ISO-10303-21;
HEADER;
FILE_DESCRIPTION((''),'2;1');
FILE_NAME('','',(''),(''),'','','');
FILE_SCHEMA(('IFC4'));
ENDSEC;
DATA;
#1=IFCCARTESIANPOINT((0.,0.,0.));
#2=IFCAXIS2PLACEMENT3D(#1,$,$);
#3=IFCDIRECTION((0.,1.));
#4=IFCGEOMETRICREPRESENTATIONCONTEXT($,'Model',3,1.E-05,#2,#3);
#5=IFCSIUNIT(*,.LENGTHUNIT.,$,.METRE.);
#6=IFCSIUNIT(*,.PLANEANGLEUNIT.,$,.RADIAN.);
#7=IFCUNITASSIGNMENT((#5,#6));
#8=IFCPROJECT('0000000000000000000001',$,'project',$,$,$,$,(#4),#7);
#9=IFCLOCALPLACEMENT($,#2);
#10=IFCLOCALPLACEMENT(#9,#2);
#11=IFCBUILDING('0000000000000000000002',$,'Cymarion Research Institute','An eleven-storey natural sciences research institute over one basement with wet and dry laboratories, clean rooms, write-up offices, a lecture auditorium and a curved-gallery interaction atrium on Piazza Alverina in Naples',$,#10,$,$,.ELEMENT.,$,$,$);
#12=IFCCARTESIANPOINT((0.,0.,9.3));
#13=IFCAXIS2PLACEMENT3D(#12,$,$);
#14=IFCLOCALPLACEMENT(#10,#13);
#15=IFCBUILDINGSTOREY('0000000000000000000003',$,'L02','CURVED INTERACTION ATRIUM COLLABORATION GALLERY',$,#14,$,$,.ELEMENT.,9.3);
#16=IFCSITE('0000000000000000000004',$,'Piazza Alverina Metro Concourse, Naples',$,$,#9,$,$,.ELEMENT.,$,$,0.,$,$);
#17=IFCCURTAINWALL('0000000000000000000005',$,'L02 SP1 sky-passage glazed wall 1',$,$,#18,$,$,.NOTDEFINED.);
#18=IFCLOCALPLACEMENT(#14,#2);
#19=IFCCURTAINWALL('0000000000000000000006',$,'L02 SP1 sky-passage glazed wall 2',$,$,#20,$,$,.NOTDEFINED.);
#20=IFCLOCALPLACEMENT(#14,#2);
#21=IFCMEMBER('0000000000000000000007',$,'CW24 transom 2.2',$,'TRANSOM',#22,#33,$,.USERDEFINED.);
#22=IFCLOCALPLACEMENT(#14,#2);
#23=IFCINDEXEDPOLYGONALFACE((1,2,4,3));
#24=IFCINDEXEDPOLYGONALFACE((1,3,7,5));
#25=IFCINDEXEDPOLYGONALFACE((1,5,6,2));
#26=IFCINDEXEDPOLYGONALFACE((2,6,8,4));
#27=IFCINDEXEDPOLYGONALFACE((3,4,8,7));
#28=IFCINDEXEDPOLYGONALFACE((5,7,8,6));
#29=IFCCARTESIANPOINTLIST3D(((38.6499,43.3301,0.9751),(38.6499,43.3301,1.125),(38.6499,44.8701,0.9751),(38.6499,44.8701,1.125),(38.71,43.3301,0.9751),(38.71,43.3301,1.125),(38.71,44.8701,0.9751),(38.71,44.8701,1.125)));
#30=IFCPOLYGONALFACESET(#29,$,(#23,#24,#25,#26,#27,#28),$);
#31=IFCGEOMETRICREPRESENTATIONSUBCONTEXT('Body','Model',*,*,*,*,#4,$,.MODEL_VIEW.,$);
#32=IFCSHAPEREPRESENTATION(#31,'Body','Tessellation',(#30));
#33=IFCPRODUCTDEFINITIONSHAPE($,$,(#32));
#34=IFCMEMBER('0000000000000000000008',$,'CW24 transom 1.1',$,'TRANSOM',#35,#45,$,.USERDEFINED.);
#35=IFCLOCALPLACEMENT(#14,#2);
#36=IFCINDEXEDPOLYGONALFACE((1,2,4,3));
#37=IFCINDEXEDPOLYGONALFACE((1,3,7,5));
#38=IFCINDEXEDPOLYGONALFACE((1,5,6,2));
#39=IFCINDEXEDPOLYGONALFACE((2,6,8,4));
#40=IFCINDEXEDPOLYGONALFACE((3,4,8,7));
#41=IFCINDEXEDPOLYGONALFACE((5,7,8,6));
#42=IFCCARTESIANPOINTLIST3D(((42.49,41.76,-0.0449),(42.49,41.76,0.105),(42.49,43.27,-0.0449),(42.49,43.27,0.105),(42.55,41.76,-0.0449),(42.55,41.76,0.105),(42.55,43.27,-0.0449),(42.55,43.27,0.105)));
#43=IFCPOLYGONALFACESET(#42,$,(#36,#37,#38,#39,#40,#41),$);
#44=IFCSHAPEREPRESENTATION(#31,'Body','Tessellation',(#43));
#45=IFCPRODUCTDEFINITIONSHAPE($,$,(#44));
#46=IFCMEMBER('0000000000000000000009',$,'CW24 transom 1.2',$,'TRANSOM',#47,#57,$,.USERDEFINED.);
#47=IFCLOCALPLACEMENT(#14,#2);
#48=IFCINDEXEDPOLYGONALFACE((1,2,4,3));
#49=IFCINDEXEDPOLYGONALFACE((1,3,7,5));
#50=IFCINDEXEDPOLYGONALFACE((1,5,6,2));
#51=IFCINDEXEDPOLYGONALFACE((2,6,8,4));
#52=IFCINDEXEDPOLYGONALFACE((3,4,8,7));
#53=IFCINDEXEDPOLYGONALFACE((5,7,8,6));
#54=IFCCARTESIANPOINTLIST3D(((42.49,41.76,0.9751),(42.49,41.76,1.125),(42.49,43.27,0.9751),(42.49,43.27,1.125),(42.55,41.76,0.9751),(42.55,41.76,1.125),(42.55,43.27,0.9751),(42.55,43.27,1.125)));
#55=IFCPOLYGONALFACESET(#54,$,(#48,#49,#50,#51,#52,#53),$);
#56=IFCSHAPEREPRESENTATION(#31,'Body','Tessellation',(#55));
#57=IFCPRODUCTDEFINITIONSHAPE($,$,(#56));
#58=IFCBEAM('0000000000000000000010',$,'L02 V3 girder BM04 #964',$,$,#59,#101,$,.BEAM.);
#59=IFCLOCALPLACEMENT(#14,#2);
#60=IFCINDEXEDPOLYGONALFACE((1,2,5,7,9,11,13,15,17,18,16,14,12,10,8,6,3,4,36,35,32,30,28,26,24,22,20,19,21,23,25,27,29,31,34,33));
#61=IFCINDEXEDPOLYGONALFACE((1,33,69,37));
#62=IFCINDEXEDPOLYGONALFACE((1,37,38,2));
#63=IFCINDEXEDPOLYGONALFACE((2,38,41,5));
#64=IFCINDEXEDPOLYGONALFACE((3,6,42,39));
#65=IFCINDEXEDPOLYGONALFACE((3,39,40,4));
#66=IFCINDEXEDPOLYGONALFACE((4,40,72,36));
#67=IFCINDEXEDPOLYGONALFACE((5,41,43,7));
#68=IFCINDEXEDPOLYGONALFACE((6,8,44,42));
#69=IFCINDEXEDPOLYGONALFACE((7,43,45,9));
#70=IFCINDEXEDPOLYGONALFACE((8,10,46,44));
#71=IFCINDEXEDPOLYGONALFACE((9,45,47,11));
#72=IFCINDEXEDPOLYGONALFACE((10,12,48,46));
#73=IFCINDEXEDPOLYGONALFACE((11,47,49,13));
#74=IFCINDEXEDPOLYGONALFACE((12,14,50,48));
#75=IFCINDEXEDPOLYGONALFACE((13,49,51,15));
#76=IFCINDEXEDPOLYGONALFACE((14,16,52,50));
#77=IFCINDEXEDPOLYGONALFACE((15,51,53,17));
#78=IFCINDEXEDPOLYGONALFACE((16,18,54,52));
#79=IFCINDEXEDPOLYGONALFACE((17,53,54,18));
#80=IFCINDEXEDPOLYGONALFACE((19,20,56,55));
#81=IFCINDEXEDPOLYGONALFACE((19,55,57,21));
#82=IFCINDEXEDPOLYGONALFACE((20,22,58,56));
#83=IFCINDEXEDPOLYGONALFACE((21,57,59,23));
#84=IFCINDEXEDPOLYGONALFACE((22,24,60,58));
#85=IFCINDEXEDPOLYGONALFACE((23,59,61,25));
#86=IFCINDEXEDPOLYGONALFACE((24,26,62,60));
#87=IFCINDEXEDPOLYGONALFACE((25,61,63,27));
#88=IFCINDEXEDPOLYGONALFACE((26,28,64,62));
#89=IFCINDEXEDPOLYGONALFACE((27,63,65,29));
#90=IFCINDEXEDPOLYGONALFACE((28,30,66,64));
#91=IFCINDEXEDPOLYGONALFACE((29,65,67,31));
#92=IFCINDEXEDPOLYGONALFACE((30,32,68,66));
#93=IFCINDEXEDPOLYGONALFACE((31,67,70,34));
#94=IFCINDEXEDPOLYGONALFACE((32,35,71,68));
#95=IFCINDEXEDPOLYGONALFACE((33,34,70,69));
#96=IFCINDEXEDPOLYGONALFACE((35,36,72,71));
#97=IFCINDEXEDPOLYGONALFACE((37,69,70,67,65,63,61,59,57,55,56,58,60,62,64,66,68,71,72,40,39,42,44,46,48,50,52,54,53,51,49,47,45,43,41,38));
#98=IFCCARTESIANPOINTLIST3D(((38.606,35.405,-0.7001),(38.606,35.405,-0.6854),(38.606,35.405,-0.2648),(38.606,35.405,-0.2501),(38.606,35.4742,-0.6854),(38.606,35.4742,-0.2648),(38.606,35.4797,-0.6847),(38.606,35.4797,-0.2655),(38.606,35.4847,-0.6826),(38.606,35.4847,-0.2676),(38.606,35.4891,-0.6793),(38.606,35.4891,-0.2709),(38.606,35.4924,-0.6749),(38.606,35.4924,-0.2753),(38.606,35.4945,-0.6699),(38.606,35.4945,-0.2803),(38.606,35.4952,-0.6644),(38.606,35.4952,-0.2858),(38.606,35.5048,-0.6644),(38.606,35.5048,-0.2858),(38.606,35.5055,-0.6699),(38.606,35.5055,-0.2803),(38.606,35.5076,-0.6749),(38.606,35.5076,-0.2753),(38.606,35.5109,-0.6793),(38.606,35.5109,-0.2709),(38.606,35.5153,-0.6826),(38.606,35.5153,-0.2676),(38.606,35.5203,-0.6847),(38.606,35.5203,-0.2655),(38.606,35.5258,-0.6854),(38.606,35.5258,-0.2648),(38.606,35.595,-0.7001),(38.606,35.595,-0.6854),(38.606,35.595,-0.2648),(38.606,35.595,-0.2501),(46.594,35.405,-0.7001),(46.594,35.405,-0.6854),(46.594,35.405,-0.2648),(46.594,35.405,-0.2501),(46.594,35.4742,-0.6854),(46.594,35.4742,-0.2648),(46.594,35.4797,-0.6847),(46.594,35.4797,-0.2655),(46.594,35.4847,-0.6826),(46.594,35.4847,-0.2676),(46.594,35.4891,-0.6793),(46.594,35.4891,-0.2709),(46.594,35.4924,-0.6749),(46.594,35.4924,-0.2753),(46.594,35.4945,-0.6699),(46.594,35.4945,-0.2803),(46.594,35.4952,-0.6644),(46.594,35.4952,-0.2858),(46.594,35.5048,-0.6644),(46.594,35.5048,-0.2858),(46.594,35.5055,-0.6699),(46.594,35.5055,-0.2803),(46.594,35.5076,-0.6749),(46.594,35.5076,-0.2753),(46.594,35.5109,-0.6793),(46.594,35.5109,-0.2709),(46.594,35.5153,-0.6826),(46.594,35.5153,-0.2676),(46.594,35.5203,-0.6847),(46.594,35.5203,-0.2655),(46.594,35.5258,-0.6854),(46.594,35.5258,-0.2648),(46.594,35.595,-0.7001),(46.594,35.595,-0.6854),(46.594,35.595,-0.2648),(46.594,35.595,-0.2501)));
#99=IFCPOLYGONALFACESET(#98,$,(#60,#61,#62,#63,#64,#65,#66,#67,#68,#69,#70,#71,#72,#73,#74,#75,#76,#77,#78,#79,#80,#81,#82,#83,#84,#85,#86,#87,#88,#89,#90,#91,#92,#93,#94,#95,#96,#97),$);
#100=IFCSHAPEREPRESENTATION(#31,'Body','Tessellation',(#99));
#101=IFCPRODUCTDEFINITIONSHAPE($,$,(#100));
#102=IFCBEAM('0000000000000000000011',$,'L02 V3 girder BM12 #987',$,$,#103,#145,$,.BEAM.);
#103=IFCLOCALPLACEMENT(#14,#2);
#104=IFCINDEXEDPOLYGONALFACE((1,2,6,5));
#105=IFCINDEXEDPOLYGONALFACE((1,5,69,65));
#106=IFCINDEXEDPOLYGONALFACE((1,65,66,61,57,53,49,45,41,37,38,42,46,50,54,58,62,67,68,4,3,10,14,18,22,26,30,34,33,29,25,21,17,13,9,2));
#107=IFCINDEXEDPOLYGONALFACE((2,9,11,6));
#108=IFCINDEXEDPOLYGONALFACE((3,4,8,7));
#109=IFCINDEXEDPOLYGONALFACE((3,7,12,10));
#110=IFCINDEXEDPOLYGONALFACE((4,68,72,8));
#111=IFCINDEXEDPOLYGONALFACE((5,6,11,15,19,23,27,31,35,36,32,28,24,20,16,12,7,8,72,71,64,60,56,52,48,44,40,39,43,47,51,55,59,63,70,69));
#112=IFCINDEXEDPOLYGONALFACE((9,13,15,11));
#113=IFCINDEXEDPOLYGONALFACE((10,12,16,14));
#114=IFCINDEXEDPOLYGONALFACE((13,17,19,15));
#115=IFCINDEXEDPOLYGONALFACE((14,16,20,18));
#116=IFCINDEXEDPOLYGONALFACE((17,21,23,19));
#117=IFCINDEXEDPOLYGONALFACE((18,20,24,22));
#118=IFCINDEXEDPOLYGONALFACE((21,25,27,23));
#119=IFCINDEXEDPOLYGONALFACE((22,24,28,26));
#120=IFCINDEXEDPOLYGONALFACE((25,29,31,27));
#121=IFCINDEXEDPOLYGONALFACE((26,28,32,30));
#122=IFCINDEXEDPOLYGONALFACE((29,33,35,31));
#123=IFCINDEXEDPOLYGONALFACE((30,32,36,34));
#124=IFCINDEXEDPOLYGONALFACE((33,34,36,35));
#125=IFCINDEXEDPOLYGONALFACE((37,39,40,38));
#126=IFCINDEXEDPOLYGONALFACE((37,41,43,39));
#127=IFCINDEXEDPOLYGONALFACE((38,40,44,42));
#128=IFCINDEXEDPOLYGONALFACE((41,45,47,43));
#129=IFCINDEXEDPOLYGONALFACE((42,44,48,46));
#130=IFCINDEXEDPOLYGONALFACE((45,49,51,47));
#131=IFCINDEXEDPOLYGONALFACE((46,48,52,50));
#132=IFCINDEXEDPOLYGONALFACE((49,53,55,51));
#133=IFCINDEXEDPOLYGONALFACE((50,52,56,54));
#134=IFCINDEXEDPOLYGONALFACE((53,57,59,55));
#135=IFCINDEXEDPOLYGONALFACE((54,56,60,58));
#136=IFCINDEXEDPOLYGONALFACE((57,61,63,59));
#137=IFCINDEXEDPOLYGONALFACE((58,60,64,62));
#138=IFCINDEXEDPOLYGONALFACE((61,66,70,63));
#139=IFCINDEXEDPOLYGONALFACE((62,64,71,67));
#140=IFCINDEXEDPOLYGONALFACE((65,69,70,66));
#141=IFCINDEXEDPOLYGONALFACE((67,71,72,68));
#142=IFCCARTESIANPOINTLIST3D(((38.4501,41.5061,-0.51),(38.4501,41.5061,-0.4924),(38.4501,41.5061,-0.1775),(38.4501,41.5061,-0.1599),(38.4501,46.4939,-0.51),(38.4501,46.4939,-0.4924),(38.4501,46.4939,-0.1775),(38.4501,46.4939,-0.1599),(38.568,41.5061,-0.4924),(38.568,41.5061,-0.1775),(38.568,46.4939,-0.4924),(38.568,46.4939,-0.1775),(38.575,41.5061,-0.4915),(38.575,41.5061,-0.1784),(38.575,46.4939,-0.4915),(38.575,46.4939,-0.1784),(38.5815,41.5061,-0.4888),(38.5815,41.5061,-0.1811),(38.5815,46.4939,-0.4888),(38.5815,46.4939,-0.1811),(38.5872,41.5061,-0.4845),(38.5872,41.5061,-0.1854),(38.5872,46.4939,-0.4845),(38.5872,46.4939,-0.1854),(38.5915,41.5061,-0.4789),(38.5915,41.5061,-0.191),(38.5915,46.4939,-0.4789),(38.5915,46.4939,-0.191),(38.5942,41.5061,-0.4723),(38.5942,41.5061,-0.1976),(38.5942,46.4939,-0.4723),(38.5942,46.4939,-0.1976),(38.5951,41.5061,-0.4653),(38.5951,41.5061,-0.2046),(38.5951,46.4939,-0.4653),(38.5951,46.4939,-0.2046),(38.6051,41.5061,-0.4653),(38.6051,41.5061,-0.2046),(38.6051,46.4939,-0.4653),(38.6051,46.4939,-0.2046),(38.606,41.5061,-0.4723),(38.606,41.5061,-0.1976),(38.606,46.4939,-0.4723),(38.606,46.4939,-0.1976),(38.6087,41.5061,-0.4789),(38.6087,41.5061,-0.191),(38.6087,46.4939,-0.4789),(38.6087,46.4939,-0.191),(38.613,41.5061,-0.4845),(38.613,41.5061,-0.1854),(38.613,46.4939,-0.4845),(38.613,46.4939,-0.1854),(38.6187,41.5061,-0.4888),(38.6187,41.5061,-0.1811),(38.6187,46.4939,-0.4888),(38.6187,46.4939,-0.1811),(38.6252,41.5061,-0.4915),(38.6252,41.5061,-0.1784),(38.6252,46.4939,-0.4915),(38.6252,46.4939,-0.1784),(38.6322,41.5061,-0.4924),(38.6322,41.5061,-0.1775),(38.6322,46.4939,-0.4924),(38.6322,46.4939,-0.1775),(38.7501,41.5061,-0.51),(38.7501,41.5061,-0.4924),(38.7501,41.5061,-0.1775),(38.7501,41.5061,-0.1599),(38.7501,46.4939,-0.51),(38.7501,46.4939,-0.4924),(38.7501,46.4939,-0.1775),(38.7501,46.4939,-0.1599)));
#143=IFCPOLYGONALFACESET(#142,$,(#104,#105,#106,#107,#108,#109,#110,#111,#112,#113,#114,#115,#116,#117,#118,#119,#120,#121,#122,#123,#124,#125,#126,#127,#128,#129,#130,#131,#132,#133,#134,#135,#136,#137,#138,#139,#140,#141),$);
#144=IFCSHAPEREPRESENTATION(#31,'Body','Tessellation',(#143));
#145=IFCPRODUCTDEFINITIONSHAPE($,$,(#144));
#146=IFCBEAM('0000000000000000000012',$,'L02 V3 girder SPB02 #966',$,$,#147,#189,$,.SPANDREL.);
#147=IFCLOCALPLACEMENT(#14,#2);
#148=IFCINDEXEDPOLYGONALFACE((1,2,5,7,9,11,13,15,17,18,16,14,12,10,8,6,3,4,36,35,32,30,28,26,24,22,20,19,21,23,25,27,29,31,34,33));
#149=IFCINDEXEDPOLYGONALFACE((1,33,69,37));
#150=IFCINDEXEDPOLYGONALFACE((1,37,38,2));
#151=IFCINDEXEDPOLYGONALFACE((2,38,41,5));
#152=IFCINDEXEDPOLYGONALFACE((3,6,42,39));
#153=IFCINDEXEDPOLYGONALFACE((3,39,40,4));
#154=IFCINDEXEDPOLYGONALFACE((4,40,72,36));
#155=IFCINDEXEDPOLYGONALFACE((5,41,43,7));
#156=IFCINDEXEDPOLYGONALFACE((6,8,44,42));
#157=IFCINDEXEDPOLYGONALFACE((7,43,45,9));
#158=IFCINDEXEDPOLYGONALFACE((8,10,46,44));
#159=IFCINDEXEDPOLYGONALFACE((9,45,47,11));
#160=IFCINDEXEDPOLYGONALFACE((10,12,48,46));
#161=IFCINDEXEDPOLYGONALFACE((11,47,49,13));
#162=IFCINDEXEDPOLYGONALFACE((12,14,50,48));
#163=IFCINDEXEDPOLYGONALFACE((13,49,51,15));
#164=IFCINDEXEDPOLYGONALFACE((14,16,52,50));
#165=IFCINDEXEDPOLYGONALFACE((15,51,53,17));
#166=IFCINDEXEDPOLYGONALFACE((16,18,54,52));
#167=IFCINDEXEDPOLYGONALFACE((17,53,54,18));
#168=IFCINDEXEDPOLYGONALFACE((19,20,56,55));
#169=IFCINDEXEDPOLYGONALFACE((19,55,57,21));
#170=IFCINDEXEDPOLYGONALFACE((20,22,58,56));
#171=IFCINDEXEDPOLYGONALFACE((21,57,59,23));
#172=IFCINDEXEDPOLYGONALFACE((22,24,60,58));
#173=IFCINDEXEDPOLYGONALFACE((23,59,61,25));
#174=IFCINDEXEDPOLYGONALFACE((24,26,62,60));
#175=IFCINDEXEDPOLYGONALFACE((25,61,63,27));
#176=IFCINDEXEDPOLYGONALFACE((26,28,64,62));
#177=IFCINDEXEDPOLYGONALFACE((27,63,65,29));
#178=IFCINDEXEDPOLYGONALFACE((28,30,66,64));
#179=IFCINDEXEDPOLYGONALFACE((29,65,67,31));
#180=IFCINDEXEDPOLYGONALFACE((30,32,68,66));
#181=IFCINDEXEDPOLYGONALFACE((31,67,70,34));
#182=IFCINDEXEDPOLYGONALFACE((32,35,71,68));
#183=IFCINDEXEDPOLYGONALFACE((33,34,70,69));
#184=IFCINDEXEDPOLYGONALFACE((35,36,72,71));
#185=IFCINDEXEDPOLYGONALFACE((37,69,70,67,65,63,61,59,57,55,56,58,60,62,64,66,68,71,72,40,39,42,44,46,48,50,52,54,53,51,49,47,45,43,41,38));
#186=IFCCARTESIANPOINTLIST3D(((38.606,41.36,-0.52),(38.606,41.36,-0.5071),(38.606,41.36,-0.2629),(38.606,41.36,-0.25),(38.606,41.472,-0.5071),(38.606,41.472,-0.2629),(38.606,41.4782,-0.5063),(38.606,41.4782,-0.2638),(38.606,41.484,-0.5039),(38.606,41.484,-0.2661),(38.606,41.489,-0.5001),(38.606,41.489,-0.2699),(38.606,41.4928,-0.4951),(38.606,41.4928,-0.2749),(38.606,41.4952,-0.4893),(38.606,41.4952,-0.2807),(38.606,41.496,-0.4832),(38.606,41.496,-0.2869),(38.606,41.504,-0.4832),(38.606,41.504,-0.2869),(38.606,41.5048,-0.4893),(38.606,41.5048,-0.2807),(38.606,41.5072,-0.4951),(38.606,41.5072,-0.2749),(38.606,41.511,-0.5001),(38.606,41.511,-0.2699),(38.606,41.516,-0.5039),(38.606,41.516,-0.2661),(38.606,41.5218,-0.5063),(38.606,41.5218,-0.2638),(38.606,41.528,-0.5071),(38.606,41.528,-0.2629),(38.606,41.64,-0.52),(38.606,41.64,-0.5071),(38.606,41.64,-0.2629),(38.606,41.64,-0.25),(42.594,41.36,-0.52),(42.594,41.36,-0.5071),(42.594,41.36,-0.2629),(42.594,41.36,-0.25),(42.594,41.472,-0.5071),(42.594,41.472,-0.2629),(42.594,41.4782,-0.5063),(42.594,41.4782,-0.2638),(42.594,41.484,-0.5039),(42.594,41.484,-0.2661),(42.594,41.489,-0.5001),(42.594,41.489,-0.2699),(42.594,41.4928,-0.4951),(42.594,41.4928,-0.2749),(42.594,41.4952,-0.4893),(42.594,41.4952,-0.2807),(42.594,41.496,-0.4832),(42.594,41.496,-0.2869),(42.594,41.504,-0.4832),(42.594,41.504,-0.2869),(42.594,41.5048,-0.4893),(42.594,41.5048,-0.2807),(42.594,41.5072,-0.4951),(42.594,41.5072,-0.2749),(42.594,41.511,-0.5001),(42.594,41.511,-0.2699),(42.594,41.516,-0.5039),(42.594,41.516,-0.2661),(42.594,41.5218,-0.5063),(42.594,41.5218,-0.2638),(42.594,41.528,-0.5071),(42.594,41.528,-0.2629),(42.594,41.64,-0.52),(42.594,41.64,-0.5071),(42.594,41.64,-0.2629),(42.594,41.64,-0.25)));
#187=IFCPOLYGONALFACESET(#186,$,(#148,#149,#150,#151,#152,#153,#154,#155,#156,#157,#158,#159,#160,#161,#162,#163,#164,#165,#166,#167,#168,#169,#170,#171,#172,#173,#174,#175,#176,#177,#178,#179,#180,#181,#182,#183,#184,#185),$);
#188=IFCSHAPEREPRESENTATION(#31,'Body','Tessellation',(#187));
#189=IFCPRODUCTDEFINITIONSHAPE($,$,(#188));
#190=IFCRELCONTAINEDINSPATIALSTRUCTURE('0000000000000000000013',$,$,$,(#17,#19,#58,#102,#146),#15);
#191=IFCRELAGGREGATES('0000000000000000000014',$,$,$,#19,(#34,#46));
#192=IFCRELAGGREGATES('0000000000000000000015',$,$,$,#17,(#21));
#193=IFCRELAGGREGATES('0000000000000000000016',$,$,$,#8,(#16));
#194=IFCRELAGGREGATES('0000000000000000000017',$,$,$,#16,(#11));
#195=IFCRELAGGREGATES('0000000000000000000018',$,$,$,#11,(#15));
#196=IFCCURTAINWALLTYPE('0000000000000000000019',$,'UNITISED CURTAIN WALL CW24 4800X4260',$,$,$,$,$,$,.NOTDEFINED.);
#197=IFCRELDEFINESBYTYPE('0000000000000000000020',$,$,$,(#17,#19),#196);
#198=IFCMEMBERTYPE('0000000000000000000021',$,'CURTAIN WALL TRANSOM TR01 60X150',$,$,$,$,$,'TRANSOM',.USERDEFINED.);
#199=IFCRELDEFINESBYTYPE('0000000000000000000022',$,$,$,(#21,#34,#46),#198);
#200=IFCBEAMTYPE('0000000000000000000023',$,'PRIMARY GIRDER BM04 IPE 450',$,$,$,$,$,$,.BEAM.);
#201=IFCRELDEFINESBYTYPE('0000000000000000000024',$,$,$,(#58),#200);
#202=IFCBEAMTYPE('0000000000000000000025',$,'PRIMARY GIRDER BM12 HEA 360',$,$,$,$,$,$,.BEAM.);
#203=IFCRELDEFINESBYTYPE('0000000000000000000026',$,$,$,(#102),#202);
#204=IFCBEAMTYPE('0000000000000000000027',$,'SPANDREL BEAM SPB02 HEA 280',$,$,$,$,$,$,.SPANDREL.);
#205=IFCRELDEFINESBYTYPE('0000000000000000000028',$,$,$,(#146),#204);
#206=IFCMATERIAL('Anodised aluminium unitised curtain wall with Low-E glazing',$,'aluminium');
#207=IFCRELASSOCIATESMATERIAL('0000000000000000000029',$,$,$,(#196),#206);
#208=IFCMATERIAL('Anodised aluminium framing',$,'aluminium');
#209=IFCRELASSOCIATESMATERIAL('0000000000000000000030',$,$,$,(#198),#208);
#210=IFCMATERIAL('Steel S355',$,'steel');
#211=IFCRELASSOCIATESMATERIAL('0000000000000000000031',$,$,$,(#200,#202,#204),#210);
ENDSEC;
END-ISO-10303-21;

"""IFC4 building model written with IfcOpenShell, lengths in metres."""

from ifc_helpers import new_model, si_unit, direction, frame, origin, origin_2d, place, context, subcontext, project, spatial, rectangle, i_section, extrude, material, material_profile, profile_set, type_object, element, aggregate, save


model = new_model("IFC4")

# Units and contexts
model_context = context("Model", 3, precision=1e-05, world=origin(), true_north=direction((0.0, 1.0)))
body_context = subcontext(model_context, "Body", "Model", "MODEL_VIEW")
ifc_project = project(units=[si_unit("LENGTHUNIT", "METRE"), si_unit("PLANEANGLEUNIT", "RADIAN")], contexts=[model_context])

# Site, building, storey
site_placement = place(None, origin())
site = spatial("IfcSite", under=ifc_project, at=site_placement, Name="Piazza Alverina Metro Concourse, Naples", CompositionType="ELEMENT", RefElevation=0.0)
building_placement = place(site_placement, origin())
building = spatial("IfcBuilding", under=site, at=building_placement, Name="Cymarion Research Institute", Description="An eleven-storey natural sciences research institute over one basement with wet and dry laboratories, clean rooms, write-up offices, a lecture auditorium and a curved-gallery interaction atrium on Piazza Alverina in Naples", CompositionType="ELEMENT")
storey_placement = place(building_placement, frame((0.0, 0.0, 9.3)))
storey = spatial("IfcBuildingStorey", under=building, at=storey_placement, Name="L02", Description="CURVED INTERACTION ATRIUM COLLABORATION GALLERY", CompositionType="ELEMENT", Elevation=9.3)

# Shared definitions
ifc_material_1 = material(Name="Steel S355", Category="steel")

# Curtain wall
ifc_material_2 = material(Name="Anodised aluminium unitised curtain wall with Low-E glazing", Category="aluminium")
curtain_wall_type = type_object("IfcCurtainWallType", Name="UNITISED CURTAIN WALL CW24 4800X4260", PredefinedType="NOTDEFINED", material=ifc_material_2)
curtain_wall_1_placement = place(storey_placement, origin())
curtain_wall_1 = element("IfcCurtainWall", 1, at=curtain_wall_1_placement, inside=storey, type_object=curtain_wall_type, Name="L02 SP1 sky-passage glazed wall 1", PredefinedType="NOTDEFINED")
ifc_material_3 = material(Name="Anodised aluminium framing", Category="aluminium")

# Curtain wall
curtain_wall_2_placement = place(storey_placement, origin())
curtain_wall_2 = element("IfcCurtainWall", 2, at=curtain_wall_2_placement, inside=storey, type_object=curtain_wall_type, Name="L02 SP1 sky-passage glazed wall 2", PredefinedType="NOTDEFINED")

# Members
ifc_material_profile_1 = material_profile(ifc_material_3, rectangle(XDim=0.0601, YDim=0.1499, at=origin_2d()), Name="ALU TRANSOM 60x150")
ifc_profile_set_1 = profile_set([ifc_material_profile_1], Name="Anodised aluminium framing")
member_type_1 = type_object("IfcMemberType", Name="CURTAIN WALL TRANSOM TR01 60X150", ElementType="TRANSOM", PredefinedType="USERDEFINED", material=ifc_profile_set_1)
member_1_placement = place(storey_placement, frame((38.6799, 43.3301, 1.05), z_axis=(0.0, 1.0, 0.0), x_axis=(-1.0, 0.0, 0.0)))
member_1 = element("IfcMember", 3, at=member_1_placement, type_object=member_type_1, Name="CW24 transom 2.2", ObjectType="TRANSOM", PredefinedType="USERDEFINED", context=body_context, shape_type="SweptSolid", body=[
    extrude(rectangle(XDim=0.0601, YDim=0.1499, at=origin_2d()), origin(), (0.0, 0.0, 1.0), 1.54),
])
member_2_placement = place(storey_placement, frame((42.52, 41.76, 0.03), z_axis=(0.0, 1.0, 0.0), x_axis=(-1.0, 0.0, 0.0)))
member_2 = element("IfcMember", 4, at=member_2_placement, type_object=member_type_1, Name="CW24 transom 1.1", ObjectType="TRANSOM", PredefinedType="USERDEFINED", context=body_context, shape_type="SweptSolid", body=[
    extrude(rectangle(XDim=0.0601, YDim=0.1499, at=origin_2d()), origin(), (0.0, 0.0, 1.0), 1.51),
])
member_3_placement = place(storey_placement, frame((42.52, 41.76, 1.05), z_axis=(0.0, 1.0, 0.0), x_axis=(-1.0, 0.0, 0.0)))
member_3 = element("IfcMember", 5, at=member_3_placement, type_object=member_type_1, Name="CW24 transom 1.2", ObjectType="TRANSOM", PredefinedType="USERDEFINED", context=body_context, shape_type="SweptSolid", body=[
    extrude(rectangle(XDim=0.0601, YDim=0.1499, at=origin_2d()), origin(), (0.0, 0.0, 1.0), 1.51),
])
aggregate(curtain_wall_2, [member_2, member_3])

# Beams
ifc_material_profile_2 = material_profile(ifc_material_1, i_section(OverallWidth=0.1899, OverallDepth=0.45, WebThickness=0.0095, FlangeThickness=0.0146, FilletRadius=0.021, at=origin_2d()), Name="IPE 450")
ifc_profile_set_2 = profile_set([ifc_material_profile_2], Name="Steel S355")
beam_type_1 = type_object("IfcBeamType", Name="PRIMARY GIRDER BM04 IPE 450", PredefinedType="BEAM", material=ifc_profile_set_2)
beam_1_placement = place(storey_placement, frame((38.606, 35.5, -0.4751), z_axis=(1.0, 0.0, 0.0), x_axis=(0.0, 1.0, 0.0)))
element("IfcBeam", 6, at=beam_1_placement, inside=storey, type_object=beam_type_1, Name="L02 V3 girder BM04 #964", PredefinedType="BEAM", context=body_context, shape_type="SweptSolid", body=[
    extrude(i_section(OverallWidth=0.1899, OverallDepth=0.45, WebThickness=0.0095, FlangeThickness=0.0146, FilletRadius=0.021, at=origin_2d()), origin(), (0.0, 0.0, 1.0), 7.988),
])
ifc_material_profile_3 = material_profile(ifc_material_1, i_section(OverallWidth=0.3, OverallDepth=0.3501, WebThickness=0.01, FlangeThickness=0.0176, FilletRadius=0.0271, at=origin_2d()), Name="HEA 360")
ifc_profile_set_3 = profile_set([ifc_material_profile_3], Name="Steel S355")
beam_type_2 = type_object("IfcBeamType", Name="PRIMARY GIRDER BM12 HEA 360", PredefinedType="BEAM", material=ifc_profile_set_3)
beam_2_placement = place(storey_placement, frame((38.6001, 41.5061, -0.335), z_axis=(0.0, 1.0, 0.0), x_axis=(-1.0, 0.0, 0.0)))
element("IfcBeam", 7, at=beam_2_placement, inside=storey, type_object=beam_type_2, Name="L02 V3 girder BM12 #987", PredefinedType="BEAM", context=body_context, shape_type="SweptSolid", body=[
    extrude(i_section(OverallWidth=0.3, OverallDepth=0.3501, WebThickness=0.01, FlangeThickness=0.0176, FilletRadius=0.0271, at=origin_2d()), origin(), (0.0, 0.0, 1.0), 4.9878),
])
ifc_material_profile_4 = material_profile(ifc_material_1, i_section(OverallWidth=0.28, OverallDepth=0.27, WebThickness=0.0081, FlangeThickness=0.0129, FilletRadius=0.0239, at=origin_2d()), Name="HEA 280")
ifc_profile_set_4 = profile_set([ifc_material_profile_4], Name="Steel S355")
beam_type_3 = type_object("IfcBeamType", Name="SPANDREL BEAM SPB02 HEA 280", PredefinedType="SPANDREL", material=ifc_profile_set_4)
beam_3_placement = place(storey_placement, frame((38.606, 41.5, -0.385), z_axis=(1.0, 0.0, 0.0), x_axis=(0.0, 1.0, 0.0)))
element("IfcBeam", 8, at=beam_3_placement, inside=storey, type_object=beam_type_3, Name="L02 V3 girder SPB02 #966", PredefinedType="SPANDREL", context=body_context, shape_type="SweptSolid", body=[
    extrude(i_section(OverallWidth=0.28, OverallDepth=0.27, WebThickness=0.0081, FlangeThickness=0.0129, FilletRadius=0.0239, at=origin_2d()), origin(), (0.0, 0.0, 1.0), 3.988),
])

aggregate(curtain_wall_1, [member_1])

save(model, "model.ifc")
